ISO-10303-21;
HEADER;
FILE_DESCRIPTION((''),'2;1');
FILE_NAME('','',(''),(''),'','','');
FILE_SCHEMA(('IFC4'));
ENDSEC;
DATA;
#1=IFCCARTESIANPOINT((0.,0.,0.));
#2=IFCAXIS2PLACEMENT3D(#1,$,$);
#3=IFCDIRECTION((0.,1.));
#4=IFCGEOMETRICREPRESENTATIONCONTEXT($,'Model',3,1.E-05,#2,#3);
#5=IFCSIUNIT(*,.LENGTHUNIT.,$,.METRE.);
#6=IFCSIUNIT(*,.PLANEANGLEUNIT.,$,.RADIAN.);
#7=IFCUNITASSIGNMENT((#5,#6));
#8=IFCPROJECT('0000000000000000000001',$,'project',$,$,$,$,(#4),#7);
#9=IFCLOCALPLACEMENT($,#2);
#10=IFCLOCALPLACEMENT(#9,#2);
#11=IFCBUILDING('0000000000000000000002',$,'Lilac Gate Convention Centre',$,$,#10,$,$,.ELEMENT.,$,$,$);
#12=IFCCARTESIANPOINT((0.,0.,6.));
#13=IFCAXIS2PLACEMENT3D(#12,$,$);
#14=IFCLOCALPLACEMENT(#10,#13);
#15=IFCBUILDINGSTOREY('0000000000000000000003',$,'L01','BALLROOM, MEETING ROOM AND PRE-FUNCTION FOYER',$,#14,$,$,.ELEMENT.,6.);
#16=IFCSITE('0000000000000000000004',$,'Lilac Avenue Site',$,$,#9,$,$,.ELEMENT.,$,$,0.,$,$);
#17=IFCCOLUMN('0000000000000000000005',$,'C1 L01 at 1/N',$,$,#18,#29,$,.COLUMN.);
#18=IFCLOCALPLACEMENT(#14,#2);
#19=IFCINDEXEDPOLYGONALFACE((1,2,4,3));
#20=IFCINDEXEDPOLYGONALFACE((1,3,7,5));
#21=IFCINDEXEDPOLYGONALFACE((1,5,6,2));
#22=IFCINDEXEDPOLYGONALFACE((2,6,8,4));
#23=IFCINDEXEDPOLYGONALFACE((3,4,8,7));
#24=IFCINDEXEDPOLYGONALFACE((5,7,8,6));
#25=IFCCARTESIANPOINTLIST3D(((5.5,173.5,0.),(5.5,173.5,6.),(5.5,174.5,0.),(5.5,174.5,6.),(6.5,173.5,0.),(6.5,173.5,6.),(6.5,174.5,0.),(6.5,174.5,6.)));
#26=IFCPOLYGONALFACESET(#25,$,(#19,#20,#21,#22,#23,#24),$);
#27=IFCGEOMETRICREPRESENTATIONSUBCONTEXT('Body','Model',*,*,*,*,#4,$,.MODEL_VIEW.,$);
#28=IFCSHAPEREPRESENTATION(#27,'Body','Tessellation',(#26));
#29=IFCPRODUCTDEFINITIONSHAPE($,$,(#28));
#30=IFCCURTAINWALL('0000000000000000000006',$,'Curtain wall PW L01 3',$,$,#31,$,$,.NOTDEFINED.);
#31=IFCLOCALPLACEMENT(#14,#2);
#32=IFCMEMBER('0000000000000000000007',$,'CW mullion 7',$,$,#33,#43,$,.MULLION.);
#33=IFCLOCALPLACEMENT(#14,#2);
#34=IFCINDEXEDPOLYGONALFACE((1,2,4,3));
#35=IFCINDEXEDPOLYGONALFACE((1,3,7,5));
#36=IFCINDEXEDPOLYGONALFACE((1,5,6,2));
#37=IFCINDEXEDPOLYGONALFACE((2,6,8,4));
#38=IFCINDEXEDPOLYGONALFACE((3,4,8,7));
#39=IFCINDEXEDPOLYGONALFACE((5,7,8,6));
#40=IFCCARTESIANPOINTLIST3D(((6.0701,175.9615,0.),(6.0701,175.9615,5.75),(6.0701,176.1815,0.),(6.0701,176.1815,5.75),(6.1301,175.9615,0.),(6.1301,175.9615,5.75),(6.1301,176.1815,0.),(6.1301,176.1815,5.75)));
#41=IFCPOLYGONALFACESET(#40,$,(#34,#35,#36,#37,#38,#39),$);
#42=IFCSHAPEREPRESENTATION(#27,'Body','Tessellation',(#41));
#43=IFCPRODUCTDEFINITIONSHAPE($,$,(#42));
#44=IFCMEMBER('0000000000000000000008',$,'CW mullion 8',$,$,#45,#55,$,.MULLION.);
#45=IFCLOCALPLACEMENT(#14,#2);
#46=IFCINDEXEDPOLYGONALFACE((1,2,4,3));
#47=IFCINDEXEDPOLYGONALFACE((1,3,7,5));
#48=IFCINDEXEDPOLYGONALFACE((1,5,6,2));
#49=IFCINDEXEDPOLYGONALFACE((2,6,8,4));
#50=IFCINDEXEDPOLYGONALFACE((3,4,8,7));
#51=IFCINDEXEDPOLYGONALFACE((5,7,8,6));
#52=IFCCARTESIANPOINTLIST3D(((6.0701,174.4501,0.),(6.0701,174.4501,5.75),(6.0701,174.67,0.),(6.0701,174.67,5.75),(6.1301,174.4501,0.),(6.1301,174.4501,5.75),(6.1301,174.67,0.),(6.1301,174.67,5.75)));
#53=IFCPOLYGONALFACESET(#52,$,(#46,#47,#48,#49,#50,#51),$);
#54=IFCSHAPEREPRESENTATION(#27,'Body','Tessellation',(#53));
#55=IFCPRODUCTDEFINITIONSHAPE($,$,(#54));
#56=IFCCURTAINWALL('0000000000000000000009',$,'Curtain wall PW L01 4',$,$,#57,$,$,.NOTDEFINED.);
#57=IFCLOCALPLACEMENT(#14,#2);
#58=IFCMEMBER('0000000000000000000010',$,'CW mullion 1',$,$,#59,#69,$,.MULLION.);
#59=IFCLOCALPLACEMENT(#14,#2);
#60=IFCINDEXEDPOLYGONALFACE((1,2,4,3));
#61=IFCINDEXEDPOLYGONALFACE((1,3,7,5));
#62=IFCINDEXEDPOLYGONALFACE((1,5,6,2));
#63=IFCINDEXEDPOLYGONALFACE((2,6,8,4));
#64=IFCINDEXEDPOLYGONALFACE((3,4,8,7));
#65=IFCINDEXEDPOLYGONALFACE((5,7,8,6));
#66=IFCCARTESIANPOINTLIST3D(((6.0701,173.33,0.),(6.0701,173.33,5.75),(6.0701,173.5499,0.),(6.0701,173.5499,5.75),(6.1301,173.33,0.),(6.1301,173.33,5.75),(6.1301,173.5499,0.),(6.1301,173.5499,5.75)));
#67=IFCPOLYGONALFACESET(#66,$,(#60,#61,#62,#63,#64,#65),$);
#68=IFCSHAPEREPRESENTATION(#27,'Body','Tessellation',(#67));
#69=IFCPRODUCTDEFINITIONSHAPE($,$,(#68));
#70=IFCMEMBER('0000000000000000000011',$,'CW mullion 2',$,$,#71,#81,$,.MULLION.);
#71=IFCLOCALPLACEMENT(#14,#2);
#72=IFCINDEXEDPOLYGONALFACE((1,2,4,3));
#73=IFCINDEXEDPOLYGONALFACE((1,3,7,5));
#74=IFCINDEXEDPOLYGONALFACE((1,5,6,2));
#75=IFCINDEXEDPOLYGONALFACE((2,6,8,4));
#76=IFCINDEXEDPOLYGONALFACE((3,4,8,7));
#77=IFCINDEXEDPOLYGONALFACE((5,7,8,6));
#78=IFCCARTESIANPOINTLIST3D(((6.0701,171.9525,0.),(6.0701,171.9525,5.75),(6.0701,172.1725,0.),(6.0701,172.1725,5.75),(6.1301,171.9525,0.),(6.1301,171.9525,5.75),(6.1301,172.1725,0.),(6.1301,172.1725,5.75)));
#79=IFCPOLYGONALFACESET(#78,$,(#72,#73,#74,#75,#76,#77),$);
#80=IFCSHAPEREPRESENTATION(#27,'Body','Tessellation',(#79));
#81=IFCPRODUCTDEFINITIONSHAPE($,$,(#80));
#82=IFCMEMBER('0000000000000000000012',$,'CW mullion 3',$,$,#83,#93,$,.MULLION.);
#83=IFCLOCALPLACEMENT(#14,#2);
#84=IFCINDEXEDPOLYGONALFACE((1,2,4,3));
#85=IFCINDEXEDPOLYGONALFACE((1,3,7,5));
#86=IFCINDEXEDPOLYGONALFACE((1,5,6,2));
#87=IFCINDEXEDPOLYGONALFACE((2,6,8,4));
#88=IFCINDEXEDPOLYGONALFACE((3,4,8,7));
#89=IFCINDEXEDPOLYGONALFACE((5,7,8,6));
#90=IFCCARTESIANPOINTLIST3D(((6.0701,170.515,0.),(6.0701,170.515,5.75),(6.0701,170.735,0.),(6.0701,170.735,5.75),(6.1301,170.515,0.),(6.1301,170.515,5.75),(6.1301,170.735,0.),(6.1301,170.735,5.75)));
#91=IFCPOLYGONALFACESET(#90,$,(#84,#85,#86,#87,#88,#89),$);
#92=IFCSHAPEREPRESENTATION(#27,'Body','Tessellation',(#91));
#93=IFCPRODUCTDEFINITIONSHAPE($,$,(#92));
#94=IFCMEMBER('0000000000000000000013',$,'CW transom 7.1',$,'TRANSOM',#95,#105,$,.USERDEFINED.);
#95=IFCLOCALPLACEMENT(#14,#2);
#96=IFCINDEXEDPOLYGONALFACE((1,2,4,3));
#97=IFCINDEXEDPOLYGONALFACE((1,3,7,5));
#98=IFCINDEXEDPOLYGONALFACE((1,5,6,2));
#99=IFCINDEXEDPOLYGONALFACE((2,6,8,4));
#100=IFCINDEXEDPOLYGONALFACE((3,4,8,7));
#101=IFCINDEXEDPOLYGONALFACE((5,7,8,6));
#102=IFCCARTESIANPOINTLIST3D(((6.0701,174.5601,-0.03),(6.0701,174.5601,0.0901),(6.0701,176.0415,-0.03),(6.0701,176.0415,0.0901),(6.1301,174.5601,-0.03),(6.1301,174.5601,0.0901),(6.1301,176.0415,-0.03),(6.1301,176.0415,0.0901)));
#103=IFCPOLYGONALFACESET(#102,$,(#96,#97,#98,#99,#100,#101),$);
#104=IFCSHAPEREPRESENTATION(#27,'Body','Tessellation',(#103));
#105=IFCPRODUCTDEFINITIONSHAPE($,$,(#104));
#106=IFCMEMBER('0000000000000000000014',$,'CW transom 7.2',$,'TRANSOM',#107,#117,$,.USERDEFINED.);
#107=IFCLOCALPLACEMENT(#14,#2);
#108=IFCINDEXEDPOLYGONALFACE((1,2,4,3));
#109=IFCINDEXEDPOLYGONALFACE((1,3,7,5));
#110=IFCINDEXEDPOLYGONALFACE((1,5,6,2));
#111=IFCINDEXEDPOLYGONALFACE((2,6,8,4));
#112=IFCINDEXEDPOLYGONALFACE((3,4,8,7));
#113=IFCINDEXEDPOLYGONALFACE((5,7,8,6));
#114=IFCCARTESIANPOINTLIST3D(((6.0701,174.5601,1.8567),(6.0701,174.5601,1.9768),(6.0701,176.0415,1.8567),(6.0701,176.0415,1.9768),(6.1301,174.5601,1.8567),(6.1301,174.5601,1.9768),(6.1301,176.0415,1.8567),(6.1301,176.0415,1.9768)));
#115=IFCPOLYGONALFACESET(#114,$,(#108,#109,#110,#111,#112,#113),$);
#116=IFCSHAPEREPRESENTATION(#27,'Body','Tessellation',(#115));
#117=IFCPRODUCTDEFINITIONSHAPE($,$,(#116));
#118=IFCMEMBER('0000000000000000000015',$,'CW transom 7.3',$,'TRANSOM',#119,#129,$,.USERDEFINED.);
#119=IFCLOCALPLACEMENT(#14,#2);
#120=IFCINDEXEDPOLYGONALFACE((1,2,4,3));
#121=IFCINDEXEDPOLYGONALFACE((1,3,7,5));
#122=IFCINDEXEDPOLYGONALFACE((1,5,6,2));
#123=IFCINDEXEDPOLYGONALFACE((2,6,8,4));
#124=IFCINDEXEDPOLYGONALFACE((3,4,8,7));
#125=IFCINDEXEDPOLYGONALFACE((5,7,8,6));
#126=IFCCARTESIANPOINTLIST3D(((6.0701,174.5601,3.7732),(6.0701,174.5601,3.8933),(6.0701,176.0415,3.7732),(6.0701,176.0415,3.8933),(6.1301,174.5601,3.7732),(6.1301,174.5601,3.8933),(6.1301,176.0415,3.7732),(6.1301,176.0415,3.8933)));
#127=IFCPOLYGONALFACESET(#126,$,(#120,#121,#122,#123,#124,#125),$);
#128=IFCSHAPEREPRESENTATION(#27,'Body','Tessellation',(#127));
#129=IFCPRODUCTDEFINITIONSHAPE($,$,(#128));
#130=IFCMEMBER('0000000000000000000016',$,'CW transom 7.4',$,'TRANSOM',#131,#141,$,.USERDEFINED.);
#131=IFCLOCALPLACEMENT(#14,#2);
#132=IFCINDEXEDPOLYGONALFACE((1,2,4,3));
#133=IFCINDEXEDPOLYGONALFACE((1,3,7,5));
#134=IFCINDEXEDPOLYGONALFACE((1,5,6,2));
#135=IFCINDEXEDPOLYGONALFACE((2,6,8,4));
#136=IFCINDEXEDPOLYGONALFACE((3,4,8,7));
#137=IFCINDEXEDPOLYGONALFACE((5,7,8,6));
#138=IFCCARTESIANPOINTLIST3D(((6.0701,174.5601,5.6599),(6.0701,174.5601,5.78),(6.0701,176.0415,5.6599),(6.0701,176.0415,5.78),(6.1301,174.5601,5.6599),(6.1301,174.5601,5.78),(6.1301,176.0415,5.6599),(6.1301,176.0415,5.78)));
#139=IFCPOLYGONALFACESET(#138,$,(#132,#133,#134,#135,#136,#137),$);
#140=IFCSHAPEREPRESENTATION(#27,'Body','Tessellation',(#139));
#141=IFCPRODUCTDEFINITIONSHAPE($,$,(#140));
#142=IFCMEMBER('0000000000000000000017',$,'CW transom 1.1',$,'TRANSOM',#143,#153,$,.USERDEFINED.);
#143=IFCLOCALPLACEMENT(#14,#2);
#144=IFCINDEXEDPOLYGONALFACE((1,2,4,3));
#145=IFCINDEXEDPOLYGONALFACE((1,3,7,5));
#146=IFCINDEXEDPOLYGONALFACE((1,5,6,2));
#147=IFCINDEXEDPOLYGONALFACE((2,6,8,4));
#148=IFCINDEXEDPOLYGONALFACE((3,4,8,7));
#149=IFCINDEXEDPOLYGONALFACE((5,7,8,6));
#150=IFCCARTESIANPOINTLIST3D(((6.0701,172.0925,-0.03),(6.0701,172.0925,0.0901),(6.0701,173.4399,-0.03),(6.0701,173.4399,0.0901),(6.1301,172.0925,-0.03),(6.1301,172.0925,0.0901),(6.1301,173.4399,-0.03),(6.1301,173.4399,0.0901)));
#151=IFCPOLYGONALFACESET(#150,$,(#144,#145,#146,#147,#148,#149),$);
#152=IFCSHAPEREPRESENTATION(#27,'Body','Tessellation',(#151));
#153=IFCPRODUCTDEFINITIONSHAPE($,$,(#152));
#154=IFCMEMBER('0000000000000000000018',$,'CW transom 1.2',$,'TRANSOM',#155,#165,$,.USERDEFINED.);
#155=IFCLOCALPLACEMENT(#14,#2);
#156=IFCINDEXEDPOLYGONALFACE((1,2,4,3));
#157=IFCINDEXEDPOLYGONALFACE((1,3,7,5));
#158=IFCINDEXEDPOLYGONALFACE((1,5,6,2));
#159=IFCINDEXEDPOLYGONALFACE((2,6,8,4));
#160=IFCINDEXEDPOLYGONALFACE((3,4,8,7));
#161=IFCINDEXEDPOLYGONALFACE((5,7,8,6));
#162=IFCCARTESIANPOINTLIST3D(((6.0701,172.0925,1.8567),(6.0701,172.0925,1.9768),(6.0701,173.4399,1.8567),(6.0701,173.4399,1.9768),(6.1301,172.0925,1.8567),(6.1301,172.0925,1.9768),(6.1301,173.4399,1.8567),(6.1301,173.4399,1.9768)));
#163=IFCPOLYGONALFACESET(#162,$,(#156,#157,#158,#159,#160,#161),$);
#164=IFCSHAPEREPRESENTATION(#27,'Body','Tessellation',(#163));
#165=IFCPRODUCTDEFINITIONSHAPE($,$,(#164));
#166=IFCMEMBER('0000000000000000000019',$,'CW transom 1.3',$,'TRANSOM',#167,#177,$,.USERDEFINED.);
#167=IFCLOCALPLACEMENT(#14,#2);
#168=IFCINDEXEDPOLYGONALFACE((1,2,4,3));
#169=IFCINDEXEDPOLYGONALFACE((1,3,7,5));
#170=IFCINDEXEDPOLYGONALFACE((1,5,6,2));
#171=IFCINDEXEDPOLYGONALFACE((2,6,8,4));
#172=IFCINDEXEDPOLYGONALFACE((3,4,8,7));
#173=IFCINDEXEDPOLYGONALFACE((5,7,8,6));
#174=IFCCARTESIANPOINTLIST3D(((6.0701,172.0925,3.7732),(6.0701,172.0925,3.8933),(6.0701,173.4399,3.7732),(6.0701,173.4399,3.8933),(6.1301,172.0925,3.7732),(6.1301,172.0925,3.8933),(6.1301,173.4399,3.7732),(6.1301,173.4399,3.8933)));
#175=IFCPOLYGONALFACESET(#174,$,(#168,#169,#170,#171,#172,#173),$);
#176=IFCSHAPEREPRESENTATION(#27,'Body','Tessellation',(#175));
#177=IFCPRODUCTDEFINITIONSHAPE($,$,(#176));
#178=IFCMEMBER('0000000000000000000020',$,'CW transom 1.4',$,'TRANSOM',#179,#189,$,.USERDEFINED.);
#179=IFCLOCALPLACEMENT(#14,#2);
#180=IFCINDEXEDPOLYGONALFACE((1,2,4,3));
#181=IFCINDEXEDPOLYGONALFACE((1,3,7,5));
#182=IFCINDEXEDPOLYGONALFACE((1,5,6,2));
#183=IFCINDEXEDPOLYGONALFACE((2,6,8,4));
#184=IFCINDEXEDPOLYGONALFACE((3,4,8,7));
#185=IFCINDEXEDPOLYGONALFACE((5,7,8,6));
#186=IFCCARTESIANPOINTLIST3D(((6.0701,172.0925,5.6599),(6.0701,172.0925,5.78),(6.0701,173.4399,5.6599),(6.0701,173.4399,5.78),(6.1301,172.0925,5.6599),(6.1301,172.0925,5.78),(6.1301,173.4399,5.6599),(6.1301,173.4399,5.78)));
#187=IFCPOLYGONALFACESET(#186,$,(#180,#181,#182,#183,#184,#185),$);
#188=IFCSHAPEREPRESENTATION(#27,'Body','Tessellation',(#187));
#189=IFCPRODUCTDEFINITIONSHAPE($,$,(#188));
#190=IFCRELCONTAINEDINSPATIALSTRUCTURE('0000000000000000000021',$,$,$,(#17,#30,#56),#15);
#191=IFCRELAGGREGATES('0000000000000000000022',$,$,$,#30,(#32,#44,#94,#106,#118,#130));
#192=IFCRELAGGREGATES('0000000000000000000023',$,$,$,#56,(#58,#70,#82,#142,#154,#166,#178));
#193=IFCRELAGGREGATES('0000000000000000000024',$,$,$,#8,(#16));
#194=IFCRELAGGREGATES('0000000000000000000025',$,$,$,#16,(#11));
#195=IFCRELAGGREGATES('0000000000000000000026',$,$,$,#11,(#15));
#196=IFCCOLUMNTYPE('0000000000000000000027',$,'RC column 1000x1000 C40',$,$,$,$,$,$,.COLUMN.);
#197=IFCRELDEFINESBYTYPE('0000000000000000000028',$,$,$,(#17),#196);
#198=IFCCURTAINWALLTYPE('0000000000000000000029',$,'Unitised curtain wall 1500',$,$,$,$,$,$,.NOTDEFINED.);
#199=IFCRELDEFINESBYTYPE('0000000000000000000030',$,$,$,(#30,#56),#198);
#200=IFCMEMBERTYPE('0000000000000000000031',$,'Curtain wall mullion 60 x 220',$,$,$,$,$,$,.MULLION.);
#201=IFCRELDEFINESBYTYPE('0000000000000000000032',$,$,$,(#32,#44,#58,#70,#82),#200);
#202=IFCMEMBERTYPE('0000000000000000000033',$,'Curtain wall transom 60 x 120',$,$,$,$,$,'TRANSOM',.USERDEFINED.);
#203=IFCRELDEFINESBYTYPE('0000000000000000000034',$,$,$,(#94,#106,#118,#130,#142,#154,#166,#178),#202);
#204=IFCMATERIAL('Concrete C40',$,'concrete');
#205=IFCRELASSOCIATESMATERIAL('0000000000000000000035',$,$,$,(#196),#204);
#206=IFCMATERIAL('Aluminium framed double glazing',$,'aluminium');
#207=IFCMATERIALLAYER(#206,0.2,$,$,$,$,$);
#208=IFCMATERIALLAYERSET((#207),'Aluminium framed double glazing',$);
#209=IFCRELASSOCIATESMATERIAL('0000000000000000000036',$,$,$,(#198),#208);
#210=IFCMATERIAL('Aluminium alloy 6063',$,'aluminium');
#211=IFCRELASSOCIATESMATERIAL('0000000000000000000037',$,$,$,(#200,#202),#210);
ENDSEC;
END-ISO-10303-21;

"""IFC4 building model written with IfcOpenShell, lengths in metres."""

from ifc_helpers import new_model, si_unit, direction, frame, origin, origin_2d, place, context, subcontext, project, spatial, rectangle, extrude, material, layer, layer_set, material_profile, profile_set, type_object, element, aggregate, save


model = new_model("IFC4")

# Units and contexts
model_context = context("Model", 3, precision=1e-05, world=origin(), true_north=direction((0.0, 1.0)))
body_context = subcontext(model_context, "Body", "Model", "MODEL_VIEW")
ifc_project = project(units=[si_unit("LENGTHUNIT", "METRE"), si_unit("PLANEANGLEUNIT", "RADIAN")], contexts=[model_context])

# Site, building, storey
site_placement = place(None, origin())
site = spatial("IfcSite", under=ifc_project, at=site_placement, Name="Lilac Avenue Site", CompositionType="ELEMENT", RefElevation=0.0)
building_placement = place(site_placement, origin())
building = spatial("IfcBuilding", under=site, at=building_placement, Name="Lilac Gate Convention Centre", CompositionType="ELEMENT")
storey_placement = place(building_placement, frame((0.0, 0.0, 6.0)))
storey = spatial("IfcBuildingStorey", under=building, at=storey_placement, Name="L01", Description="BALLROOM, MEETING ROOM AND PRE-FUNCTION FOYER", CompositionType="ELEMENT", Elevation=6.0)

# Column
ifc_material_1 = material(Name="Concrete C40", Category="concrete")
ifc_material_profile_1 = material_profile(ifc_material_1, rectangle(XDim=1.0, YDim=1.0, at=origin_2d()), Name="RC 1000x1000")
ifc_profile_set_1 = profile_set([ifc_material_profile_1], Name="Concrete C40")
column_type = type_object("IfcColumnType", Name="RC column 1000x1000 C40", PredefinedType="COLUMN", material=ifc_profile_set_1)
column_placement = place(storey_placement, frame((6.0, 174.0, 0.0), z_axis=(0.0, 0.0, 1.0), x_axis=(1.0, 0.0, 0.0)))
element("IfcColumn", 1, at=column_placement, inside=storey, type_object=column_type, Name="C1 L01 at 1/N", PredefinedType="COLUMN", context=body_context, shape_type="SweptSolid", body=[
    extrude(rectangle(XDim=1.0, YDim=1.0, at=origin_2d()), origin(), (0.0, 0.0, 1.0), 6.0),
])

# Curtain walls, members
ifc_material_2 = material(Name="Aluminium framed double glazing", Category="aluminium")
ifc_layer_1 = layer(ifc_material_2, 0.2)
ifc_layer_set_1 = layer_set([ifc_layer_1], Name="Aluminium framed double glazing")
curtain_wall_type = type_object("IfcCurtainWallType", Name="Unitised curtain wall 1500", PredefinedType="NOTDEFINED", material=ifc_layer_set_1)
curtain_wall_1_placement = place(storey_placement, origin())
curtain_wall_1 = element("IfcCurtainWall", 2, at=curtain_wall_1_placement, inside=storey, type_object=curtain_wall_type, Name="Curtain wall PW L01 3", PredefinedType="NOTDEFINED")
ifc_material_3 = material(Name="Aluminium alloy 6063", Category="aluminium")
ifc_material_profile_2 = material_profile(ifc_material_3, rectangle(XDim=0.0601, YDim=0.22, at=origin_2d()), Name="Curtain wall mullion 60 x 220")
ifc_profile_set_2 = profile_set([ifc_material_profile_2], Name="Aluminium alloy 6063")
member_type_1 = type_object("IfcMemberType", Name="Curtain wall mullion 60 x 220", PredefinedType="MULLION", material=ifc_profile_set_2)
member_1_placement = place(storey_placement, frame((6.1001, 176.0715, 0.0), z_axis=(0.0, 0.0, 1.0), x_axis=(1.0, 0.0, 0.0)))
member_1 = element("IfcMember", 3, at=member_1_placement, type_object=member_type_1, Name="CW mullion 7", PredefinedType="MULLION", context=body_context, shape_type="SweptSolid", body=[
    extrude(rectangle(XDim=0.0601, YDim=0.22, at=origin_2d()), origin(), (0.0, 0.0, 1.0), 5.75),
])
member_2_placement = place(storey_placement, frame((6.1001, 174.5601, 0.0), z_axis=(0.0, 0.0, 1.0), x_axis=(1.0, 0.0, 0.0)))
member_2 = element("IfcMember", 4, at=member_2_placement, type_object=member_type_1, Name="CW mullion 8", PredefinedType="MULLION", context=body_context, shape_type="SweptSolid", body=[
    extrude(rectangle(XDim=0.0601, YDim=0.22, at=origin_2d()), origin(), (0.0, 0.0, 1.0), 5.75),
])
curtain_wall_2_placement = place(storey_placement, origin())
curtain_wall_2 = element("IfcCurtainWall", 5, at=curtain_wall_2_placement, inside=storey, type_object=curtain_wall_type, Name="Curtain wall PW L01 4", PredefinedType="NOTDEFINED")
member_3_placement = place(storey_placement, frame((6.1001, 173.4399, 0.0), z_axis=(0.0, 0.0, 1.0), x_axis=(1.0, 0.0, 0.0)))
member_3 = element("IfcMember", 6, at=member_3_placement, type_object=member_type_1, Name="CW mullion 1", PredefinedType="MULLION", context=body_context, shape_type="SweptSolid", body=[
    extrude(rectangle(XDim=0.0601, YDim=0.22, at=origin_2d()), origin(), (0.0, 0.0, 1.0), 5.75),
])
member_4_placement = place(storey_placement, frame((6.1001, 172.0625, 0.0), z_axis=(0.0, 0.0, 1.0), x_axis=(1.0, 0.0, 0.0)))
member_4 = element("IfcMember", 7, at=member_4_placement, type_object=member_type_1, Name="CW mullion 2", PredefinedType="MULLION", context=body_context, shape_type="SweptSolid", body=[
    extrude(rectangle(XDim=0.0601, YDim=0.22, at=origin_2d()), origin(), (0.0, 0.0, 1.0), 5.75),
])
member_5_placement = place(storey_placement, frame((6.1001, 170.625, 0.0), z_axis=(0.0, 0.0, 1.0), x_axis=(1.0, 0.0, 0.0)))
member_5 = element("IfcMember", 8, at=member_5_placement, type_object=member_type_1, Name="CW mullion 3", PredefinedType="MULLION", context=body_context, shape_type="SweptSolid", body=[
    extrude(rectangle(XDim=0.0601, YDim=0.22, at=origin_2d()), origin(), (0.0, 0.0, 1.0), 5.75),
])

# Members
ifc_material_profile_3 = material_profile(ifc_material_3, rectangle(XDim=0.0601, YDim=0.1201, at=origin_2d()), Name="Curtain wall transom 60 x 120")
ifc_profile_set_3 = profile_set([ifc_material_profile_3], Name="Aluminium alloy 6063")
member_type_2 = type_object("IfcMemberType", Name="Curtain wall transom 60 x 120", ElementType="TRANSOM", PredefinedType="USERDEFINED", material=ifc_profile_set_3)
member_6_placement = place(storey_placement, frame((6.1001, 176.0415, 0.03), z_axis=(0.0, -1.0, 0.0), x_axis=(1.0, 0.0, 0.0)))
member_6 = element("IfcMember", 9, at=member_6_placement, type_object=member_type_2, Name="CW transom 7.1", ObjectType="TRANSOM", PredefinedType="USERDEFINED", context=body_context, shape_type="SweptSolid", body=[
    extrude(rectangle(XDim=0.0601, YDim=0.1201, at=origin_2d()), origin(), (0.0, 0.0, 1.0), 1.4814),
])
member_7_placement = place(storey_placement, frame((6.1001, 176.0415, 1.9167), z_axis=(0.0, -1.0, 0.0), x_axis=(1.0, 0.0, 0.0)))
member_7 = element("IfcMember", 10, at=member_7_placement, type_object=member_type_2, Name="CW transom 7.2", ObjectType="TRANSOM", PredefinedType="USERDEFINED", context=body_context, shape_type="SweptSolid", body=[
    extrude(rectangle(XDim=0.0601, YDim=0.1201, at=origin_2d()), origin(), (0.0, 0.0, 1.0), 1.4814),
])
member_8_placement = place(storey_placement, frame((6.1001, 176.0415, 3.8333), z_axis=(0.0, -1.0, 0.0), x_axis=(1.0, 0.0, 0.0)))
member_8 = element("IfcMember", 11, at=member_8_placement, type_object=member_type_2, Name="CW transom 7.3", ObjectType="TRANSOM", PredefinedType="USERDEFINED", context=body_context, shape_type="SweptSolid", body=[
    extrude(rectangle(XDim=0.0601, YDim=0.1201, at=origin_2d()), origin(), (0.0, 0.0, 1.0), 1.4814),
])
member_9_placement = place(storey_placement, frame((6.1001, 176.0415, 5.72), z_axis=(0.0, -1.0, 0.0), x_axis=(1.0, 0.0, 0.0)))
member_9 = element("IfcMember", 12, at=member_9_placement, type_object=member_type_2, Name="CW transom 7.4", ObjectType="TRANSOM", PredefinedType="USERDEFINED", context=body_context, shape_type="SweptSolid", body=[
    extrude(rectangle(XDim=0.0601, YDim=0.1201, at=origin_2d()), origin(), (0.0, 0.0, 1.0), 1.4814),
])
member_10_placement = place(storey_placement, frame((6.1001, 173.4399, 0.03), z_axis=(0.0, -1.0, 0.0), x_axis=(1.0, 0.0, 0.0)))
member_10 = element("IfcMember", 13, at=member_10_placement, type_object=member_type_2, Name="CW transom 1.1", ObjectType="TRANSOM", PredefinedType="USERDEFINED", context=body_context, shape_type="SweptSolid", body=[
    extrude(rectangle(XDim=0.0601, YDim=0.1201, at=origin_2d()), origin(), (0.0, 0.0, 1.0), 1.3474),
])
member_11_placement = place(storey_placement, frame((6.1001, 173.4399, 1.9167), z_axis=(0.0, -1.0, 0.0), x_axis=(1.0, 0.0, 0.0)))
member_11 = element("IfcMember", 14, at=member_11_placement, type_object=member_type_2, Name="CW transom 1.2", ObjectType="TRANSOM", PredefinedType="USERDEFINED", context=body_context, shape_type="SweptSolid", body=[
    extrude(rectangle(XDim=0.0601, YDim=0.1201, at=origin_2d()), origin(), (0.0, 0.0, 1.0), 1.3474),
])
member_12_placement = place(storey_placement, frame((6.1001, 173.4399, 3.8333), z_axis=(0.0, -1.0, 0.0), x_axis=(1.0, 0.0, 0.0)))
member_12 = element("IfcMember", 15, at=member_12_placement, type_object=member_type_2, Name="CW transom 1.3", ObjectType="TRANSOM", PredefinedType="USERDEFINED", context=body_context, shape_type="SweptSolid", body=[
    extrude(rectangle(XDim=0.0601, YDim=0.1201, at=origin_2d()), origin(), (0.0, 0.0, 1.0), 1.3474),
])
member_13_placement = place(storey_placement, frame((6.1001, 173.4399, 5.72), z_axis=(0.0, -1.0, 0.0), x_axis=(1.0, 0.0, 0.0)))
member_13 = element("IfcMember", 16, at=member_13_placement, type_object=member_type_2, Name="CW transom 1.4", ObjectType="TRANSOM", PredefinedType="USERDEFINED", context=body_context, shape_type="SweptSolid", body=[
    extrude(rectangle(XDim=0.0601, YDim=0.1201, at=origin_2d()), origin(), (0.0, 0.0, 1.0), 1.3474),
])

aggregate(curtain_wall_1, [member_1, member_2, member_6, member_7, member_8, member_9])
aggregate(curtain_wall_2, [member_3, member_4, member_5, member_10, member_11, member_12, member_13])

save(model, "model.ifc")
